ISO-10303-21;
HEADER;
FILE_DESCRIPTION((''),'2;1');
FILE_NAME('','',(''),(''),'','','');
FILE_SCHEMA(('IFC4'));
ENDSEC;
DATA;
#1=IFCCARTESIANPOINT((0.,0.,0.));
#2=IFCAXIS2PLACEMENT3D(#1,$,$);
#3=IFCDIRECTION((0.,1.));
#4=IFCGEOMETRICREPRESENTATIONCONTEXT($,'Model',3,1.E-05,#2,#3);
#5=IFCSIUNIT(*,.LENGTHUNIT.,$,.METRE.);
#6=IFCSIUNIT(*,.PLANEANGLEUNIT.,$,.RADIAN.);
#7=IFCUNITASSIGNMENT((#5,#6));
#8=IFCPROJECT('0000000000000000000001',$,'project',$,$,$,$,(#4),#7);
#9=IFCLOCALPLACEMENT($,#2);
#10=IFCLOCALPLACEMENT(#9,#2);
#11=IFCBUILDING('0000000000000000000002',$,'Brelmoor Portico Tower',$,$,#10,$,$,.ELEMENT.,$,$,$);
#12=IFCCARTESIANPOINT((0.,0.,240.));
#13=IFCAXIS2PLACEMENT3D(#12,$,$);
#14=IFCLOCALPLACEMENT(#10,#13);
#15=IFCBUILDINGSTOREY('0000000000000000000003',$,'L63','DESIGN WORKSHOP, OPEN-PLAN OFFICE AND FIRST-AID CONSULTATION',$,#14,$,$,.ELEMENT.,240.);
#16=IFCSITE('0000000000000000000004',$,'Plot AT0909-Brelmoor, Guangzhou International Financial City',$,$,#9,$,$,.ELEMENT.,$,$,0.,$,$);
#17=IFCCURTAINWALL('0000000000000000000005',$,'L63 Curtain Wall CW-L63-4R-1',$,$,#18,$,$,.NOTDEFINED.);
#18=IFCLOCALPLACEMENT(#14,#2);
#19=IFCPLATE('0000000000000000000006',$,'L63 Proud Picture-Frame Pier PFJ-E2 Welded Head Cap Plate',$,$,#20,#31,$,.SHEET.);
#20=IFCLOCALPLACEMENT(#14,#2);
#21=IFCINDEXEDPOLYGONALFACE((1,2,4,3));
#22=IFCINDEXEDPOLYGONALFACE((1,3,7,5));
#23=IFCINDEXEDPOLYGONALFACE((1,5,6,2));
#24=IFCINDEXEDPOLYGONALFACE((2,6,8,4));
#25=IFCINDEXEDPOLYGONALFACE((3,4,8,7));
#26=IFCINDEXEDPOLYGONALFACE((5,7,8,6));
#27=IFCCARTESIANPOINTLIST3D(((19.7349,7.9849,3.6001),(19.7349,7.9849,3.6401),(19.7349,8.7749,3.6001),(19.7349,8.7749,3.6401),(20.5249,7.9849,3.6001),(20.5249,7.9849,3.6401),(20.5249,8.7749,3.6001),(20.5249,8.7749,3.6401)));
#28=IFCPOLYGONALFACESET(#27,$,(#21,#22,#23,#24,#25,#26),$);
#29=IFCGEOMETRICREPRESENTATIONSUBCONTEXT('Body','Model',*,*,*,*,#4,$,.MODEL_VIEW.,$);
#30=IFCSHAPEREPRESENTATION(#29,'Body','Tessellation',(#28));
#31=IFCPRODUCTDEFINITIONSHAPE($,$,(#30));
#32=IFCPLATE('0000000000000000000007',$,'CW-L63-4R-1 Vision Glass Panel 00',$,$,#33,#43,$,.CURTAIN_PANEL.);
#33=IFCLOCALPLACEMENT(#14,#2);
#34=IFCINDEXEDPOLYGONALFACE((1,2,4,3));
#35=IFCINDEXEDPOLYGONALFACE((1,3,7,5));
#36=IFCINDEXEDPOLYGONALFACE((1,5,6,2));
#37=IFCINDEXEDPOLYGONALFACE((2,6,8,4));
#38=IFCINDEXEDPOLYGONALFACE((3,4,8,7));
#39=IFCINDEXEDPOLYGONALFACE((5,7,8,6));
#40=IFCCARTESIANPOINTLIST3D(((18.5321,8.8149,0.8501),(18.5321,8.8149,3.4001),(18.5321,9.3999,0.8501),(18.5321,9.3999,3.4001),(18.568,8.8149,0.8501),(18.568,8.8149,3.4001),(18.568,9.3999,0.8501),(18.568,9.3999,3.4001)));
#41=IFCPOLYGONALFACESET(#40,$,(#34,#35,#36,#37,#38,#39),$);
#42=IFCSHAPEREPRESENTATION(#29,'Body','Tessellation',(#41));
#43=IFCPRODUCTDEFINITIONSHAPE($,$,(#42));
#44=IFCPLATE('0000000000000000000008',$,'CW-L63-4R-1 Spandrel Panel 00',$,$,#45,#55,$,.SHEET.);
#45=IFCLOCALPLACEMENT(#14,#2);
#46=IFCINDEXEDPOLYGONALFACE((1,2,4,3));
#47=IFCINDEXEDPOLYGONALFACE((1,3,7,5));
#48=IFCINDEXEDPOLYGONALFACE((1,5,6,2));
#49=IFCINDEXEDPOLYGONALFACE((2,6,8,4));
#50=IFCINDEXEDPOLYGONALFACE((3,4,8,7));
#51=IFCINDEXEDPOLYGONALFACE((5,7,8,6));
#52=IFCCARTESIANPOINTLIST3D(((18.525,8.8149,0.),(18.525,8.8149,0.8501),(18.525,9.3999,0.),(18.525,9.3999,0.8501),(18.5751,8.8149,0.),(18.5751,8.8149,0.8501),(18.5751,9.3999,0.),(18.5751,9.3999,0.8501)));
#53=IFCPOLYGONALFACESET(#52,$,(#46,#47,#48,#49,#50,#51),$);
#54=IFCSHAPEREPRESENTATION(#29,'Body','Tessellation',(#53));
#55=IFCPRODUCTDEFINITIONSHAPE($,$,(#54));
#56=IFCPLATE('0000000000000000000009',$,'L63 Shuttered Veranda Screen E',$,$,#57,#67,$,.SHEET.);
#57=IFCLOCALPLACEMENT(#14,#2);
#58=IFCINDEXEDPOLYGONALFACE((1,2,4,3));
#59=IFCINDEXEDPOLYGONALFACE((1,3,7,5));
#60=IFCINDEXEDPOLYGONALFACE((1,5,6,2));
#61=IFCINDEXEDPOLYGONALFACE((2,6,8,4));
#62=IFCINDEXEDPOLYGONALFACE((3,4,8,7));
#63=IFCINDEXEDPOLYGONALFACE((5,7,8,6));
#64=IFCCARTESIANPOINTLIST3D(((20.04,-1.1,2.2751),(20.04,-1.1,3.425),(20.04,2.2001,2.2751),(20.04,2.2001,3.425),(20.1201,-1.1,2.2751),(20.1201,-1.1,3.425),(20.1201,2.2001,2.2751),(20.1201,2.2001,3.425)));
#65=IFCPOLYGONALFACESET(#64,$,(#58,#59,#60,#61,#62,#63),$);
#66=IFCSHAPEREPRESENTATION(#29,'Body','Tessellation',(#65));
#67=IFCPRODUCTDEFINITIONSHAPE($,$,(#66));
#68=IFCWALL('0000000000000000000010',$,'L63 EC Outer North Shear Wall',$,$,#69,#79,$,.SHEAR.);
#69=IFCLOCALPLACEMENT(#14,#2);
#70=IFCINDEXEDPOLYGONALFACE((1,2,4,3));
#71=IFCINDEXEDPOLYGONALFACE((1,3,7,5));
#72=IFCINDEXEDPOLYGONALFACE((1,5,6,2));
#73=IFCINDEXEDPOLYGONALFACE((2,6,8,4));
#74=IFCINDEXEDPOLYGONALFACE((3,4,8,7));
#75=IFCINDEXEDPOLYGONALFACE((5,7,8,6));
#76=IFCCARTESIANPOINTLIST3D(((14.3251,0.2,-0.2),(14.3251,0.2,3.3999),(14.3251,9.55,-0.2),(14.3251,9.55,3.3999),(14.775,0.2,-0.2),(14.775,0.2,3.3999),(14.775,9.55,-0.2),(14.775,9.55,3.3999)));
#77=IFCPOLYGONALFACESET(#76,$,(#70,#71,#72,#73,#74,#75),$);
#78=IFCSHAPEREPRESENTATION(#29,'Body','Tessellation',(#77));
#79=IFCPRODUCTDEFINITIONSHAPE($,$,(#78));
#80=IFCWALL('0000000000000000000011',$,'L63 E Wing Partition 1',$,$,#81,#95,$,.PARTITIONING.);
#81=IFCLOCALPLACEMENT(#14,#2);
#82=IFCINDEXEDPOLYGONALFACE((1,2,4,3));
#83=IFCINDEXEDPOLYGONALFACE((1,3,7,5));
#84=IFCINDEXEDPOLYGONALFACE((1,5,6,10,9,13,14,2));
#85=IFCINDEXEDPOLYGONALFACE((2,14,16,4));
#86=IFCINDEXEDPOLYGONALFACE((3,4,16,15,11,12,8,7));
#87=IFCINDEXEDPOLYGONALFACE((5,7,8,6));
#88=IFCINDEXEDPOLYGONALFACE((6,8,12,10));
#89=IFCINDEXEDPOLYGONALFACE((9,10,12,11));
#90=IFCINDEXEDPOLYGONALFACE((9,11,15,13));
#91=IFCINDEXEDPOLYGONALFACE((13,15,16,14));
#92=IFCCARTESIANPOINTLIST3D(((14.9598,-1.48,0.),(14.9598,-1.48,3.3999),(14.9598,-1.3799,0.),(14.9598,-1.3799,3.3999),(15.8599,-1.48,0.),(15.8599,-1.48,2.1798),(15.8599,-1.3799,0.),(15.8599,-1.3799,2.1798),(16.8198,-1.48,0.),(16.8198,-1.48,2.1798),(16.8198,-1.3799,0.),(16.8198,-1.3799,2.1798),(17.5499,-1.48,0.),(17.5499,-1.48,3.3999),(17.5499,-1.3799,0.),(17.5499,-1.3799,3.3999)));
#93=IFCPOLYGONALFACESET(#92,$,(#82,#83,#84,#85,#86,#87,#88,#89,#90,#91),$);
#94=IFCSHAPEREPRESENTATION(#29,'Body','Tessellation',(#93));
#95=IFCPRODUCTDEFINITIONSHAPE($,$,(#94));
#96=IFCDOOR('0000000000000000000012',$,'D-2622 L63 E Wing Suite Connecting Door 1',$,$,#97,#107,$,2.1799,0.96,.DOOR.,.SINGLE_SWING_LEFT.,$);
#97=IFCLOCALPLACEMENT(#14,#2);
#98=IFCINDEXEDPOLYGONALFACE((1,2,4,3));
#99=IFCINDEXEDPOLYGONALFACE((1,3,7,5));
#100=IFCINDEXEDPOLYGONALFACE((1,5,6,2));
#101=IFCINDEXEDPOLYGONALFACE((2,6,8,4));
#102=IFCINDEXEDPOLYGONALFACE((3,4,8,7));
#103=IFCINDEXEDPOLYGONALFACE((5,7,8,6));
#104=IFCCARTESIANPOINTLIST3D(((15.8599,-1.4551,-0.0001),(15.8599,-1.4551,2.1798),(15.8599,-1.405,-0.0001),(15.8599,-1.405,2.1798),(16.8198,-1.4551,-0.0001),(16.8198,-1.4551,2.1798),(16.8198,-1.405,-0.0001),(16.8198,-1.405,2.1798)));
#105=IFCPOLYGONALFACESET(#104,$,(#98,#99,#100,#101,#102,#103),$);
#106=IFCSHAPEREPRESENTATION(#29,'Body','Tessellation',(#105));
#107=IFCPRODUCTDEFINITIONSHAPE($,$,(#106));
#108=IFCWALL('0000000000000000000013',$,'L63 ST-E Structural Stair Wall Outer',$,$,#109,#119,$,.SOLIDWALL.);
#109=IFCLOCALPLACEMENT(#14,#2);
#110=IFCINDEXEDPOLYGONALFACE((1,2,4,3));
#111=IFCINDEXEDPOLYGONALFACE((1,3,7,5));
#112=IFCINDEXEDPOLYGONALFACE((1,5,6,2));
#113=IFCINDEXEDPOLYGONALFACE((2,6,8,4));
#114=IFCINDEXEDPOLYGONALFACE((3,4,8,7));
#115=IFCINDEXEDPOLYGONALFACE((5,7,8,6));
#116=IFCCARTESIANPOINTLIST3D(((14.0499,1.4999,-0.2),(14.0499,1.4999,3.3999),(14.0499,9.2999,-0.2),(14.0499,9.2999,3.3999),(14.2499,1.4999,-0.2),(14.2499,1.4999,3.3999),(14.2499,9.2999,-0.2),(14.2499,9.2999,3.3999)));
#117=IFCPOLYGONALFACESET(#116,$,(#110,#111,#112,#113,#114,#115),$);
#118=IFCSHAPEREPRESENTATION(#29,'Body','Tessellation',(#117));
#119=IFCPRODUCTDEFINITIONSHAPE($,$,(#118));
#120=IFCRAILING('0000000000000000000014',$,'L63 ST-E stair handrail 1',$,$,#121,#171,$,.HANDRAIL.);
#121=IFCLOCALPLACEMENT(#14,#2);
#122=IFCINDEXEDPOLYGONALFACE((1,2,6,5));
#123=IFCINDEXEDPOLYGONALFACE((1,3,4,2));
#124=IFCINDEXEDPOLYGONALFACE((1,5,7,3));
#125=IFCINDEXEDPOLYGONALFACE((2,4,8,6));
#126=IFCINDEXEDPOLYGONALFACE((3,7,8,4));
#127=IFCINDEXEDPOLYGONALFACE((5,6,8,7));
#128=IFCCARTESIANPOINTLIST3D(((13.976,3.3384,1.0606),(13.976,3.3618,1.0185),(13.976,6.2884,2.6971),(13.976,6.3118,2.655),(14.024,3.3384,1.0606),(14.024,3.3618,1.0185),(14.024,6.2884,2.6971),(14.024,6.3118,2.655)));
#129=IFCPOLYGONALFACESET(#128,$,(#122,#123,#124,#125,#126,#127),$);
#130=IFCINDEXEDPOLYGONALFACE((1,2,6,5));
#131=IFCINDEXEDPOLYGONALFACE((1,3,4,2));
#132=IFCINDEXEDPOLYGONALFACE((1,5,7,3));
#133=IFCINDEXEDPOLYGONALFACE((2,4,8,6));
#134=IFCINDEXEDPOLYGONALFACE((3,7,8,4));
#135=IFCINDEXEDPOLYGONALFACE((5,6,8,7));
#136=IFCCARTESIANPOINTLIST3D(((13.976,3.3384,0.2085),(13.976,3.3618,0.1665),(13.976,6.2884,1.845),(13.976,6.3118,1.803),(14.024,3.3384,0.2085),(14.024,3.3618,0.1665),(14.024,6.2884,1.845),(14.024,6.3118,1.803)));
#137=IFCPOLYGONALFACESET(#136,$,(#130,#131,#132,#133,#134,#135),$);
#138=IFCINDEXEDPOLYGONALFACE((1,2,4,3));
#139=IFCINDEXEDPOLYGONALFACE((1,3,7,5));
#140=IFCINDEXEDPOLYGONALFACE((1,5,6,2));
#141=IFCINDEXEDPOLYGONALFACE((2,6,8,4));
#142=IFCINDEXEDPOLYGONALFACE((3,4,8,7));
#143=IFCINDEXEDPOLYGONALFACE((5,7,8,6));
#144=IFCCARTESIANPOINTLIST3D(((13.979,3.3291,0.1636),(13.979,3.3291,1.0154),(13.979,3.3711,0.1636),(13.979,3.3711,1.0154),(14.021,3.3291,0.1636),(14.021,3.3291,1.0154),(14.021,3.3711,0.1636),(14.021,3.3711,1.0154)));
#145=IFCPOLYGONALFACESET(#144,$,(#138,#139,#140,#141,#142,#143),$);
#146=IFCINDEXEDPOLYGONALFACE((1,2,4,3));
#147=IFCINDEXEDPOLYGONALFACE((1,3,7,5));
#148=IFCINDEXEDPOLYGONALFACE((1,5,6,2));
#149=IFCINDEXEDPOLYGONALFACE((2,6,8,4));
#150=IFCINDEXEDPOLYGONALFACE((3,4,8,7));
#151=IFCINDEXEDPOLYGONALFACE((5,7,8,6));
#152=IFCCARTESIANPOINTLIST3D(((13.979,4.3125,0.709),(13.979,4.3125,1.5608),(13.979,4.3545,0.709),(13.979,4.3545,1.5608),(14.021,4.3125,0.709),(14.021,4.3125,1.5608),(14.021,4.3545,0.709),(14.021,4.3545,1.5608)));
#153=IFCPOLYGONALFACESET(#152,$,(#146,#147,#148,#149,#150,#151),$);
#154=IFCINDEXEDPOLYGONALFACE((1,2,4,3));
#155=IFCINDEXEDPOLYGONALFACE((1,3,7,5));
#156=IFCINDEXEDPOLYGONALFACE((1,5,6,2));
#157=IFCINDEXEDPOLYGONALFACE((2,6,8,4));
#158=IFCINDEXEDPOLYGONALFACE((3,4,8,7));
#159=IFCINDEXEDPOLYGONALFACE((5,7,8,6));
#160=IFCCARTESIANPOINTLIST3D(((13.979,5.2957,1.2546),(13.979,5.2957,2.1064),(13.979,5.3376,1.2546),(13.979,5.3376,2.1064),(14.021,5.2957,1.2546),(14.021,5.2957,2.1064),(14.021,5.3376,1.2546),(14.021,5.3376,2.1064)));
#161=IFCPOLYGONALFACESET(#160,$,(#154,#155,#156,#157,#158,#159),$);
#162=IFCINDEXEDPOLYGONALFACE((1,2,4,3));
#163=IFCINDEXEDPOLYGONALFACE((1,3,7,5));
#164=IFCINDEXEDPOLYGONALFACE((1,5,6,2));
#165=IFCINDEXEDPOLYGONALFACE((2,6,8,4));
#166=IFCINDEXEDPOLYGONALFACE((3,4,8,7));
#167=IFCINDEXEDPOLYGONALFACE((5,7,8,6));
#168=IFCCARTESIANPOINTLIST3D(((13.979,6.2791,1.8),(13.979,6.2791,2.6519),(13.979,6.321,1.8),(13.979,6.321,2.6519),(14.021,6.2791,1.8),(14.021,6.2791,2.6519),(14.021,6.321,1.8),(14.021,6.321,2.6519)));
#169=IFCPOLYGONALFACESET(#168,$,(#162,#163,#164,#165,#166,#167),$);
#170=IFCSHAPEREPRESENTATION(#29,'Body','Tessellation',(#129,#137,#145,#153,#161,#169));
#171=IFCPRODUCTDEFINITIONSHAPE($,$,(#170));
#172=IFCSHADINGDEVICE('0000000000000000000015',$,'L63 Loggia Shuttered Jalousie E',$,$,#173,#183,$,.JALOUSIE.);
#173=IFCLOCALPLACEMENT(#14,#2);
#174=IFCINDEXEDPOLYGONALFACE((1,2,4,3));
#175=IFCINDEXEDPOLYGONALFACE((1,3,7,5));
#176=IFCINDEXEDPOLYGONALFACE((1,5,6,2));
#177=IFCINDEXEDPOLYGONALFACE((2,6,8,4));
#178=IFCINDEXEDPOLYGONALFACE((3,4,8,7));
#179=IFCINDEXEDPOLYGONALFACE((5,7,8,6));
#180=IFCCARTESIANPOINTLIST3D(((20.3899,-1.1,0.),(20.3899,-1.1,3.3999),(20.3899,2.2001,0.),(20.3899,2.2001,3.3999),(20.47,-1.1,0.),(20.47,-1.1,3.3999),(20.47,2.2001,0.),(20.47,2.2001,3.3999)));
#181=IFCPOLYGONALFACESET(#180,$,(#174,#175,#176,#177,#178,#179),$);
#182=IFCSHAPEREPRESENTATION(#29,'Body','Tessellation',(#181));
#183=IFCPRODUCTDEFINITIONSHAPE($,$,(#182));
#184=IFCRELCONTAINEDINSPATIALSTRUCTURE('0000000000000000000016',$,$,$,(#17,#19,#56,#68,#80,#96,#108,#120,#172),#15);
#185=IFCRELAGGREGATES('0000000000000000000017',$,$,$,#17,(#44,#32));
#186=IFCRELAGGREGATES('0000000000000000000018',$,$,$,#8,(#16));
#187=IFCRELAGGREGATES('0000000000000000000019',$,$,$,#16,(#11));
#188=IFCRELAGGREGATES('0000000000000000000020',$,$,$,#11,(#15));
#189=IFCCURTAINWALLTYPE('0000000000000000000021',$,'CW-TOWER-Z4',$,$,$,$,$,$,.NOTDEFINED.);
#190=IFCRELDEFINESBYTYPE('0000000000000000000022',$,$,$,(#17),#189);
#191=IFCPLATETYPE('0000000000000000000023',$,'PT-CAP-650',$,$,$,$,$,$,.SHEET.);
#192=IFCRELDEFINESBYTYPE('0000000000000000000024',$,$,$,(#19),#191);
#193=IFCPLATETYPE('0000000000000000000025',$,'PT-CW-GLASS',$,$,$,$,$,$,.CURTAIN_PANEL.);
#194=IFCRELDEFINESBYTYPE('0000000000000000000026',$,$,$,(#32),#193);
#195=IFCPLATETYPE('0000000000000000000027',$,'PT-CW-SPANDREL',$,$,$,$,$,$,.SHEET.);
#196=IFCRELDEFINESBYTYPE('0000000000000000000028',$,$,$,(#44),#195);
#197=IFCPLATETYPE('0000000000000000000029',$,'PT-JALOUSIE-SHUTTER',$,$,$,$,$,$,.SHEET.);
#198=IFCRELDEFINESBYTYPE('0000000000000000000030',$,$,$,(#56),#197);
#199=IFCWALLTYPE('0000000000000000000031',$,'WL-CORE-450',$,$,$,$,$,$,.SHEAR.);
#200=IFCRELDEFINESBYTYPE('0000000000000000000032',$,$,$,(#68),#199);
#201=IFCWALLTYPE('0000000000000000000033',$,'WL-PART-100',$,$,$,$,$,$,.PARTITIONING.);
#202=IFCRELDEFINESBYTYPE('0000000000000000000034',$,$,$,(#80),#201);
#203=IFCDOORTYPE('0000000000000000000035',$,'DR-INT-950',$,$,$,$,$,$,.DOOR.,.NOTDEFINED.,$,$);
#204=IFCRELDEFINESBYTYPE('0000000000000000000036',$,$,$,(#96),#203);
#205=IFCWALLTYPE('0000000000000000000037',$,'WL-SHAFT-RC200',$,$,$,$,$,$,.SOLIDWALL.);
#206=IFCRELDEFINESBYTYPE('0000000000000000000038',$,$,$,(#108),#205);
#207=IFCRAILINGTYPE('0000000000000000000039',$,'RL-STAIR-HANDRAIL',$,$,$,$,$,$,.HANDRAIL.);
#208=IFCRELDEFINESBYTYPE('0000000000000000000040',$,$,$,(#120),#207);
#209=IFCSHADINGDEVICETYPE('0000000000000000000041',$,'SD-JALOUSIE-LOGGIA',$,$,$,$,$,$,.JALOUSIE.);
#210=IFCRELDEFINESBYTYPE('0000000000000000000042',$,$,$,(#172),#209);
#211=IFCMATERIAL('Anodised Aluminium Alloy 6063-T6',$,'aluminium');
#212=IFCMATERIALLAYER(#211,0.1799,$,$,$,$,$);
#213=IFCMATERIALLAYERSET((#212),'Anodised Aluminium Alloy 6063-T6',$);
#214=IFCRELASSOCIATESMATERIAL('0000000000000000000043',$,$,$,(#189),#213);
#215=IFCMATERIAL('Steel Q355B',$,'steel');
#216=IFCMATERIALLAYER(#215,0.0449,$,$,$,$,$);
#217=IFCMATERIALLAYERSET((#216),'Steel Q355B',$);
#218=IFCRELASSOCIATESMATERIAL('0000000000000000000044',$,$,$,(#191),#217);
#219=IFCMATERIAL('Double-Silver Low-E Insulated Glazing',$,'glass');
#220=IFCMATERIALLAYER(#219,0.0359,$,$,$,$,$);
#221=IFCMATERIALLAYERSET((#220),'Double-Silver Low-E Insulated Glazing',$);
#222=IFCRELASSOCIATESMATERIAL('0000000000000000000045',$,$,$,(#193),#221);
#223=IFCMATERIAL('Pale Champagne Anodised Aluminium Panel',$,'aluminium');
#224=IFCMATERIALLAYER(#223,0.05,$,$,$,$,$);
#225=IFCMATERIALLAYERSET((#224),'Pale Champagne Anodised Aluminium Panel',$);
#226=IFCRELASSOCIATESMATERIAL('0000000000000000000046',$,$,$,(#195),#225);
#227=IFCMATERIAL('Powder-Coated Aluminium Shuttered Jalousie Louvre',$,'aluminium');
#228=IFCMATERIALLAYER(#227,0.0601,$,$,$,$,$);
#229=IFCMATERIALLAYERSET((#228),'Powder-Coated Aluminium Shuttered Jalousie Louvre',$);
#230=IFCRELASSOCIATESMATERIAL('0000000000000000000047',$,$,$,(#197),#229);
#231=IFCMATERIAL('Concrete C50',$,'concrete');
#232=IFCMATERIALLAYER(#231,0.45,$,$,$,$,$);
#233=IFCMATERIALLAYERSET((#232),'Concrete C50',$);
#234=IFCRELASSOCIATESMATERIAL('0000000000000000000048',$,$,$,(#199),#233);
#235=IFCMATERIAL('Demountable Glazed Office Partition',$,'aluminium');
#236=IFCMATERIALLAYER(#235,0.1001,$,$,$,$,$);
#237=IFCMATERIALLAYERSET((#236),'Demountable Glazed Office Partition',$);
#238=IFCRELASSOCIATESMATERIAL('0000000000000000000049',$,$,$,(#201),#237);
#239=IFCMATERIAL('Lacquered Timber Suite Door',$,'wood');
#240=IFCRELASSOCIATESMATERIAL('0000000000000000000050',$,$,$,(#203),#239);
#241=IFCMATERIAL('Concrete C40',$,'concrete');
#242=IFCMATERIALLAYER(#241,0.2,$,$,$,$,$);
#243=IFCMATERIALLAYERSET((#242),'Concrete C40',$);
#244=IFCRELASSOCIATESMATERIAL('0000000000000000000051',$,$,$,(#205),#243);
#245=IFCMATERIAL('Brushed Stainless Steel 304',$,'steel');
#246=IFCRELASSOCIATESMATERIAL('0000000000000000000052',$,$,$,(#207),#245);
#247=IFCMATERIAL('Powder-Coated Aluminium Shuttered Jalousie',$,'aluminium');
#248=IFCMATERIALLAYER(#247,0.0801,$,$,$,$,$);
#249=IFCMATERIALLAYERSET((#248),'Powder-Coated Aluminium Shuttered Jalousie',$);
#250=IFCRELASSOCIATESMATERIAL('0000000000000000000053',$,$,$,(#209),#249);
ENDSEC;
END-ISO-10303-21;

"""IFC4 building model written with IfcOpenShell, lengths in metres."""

from ifc_helpers import new_model, si_unit, direction, frame, frame_2d, origin, origin_2d, place, context, subcontext, project, spatial, rectangle, extrude, material, layer, layer_set, type_object, element, fill, aggregate, save


model = new_model("IFC4")

# Units and contexts
model_context = context("Model", 3, precision=1e-05, world=origin(), true_north=direction((0.0, 1.0)))
body_context = subcontext(model_context, "Body", "Model", "MODEL_VIEW")
ifc_project = project(units=[si_unit("LENGTHUNIT", "METRE"), si_unit("PLANEANGLEUNIT", "RADIAN")], contexts=[model_context])

# Site, building, storey
site_placement = place(None, origin())
site = spatial("IfcSite", under=ifc_project, at=site_placement, Name="Plot AT0909-Brelmoor, Guangzhou International Financial City", CompositionType="ELEMENT", RefElevation=0.0)
building_placement = place(site_placement, origin())
building = spatial("IfcBuilding", under=site, at=building_placement, Name="Brelmoor Portico Tower", CompositionType="ELEMENT")
storey_placement = place(building_placement, frame((0.0, 0.0, 240.0)))
storey = spatial("IfcBuildingStorey", under=building, at=storey_placement, Name="L63", Description="DESIGN WORKSHOP, OPEN-PLAN OFFICE AND FIRST-AID CONSULTATION", CompositionType="ELEMENT", Elevation=240.0)

# Shared definitions
ifc_material_1 = material(Name="Steel Q355B", Category="steel")

# Curtain wall
ifc_material_2 = material(Name="Anodised Aluminium Alloy 6063-T6", Category="aluminium")
ifc_layer_1 = layer(ifc_material_2, 0.1799)
ifc_layer_set_1 = layer_set([ifc_layer_1], Name="Anodised Aluminium Alloy 6063-T6")
curtain_wall_type = type_object("IfcCurtainWallType", Name="CW-TOWER-Z4", PredefinedType="NOTDEFINED", material=ifc_layer_set_1)
curtain_wall_placement = place(storey_placement, origin())
curtain_wall = element("IfcCurtainWall", 1, at=curtain_wall_placement, inside=storey, type_object=curtain_wall_type, Name="L63 Curtain Wall CW-L63-4R-1", PredefinedType="NOTDEFINED")

# Plates
ifc_layer_2 = layer(ifc_material_1, 0.0449)
ifc_layer_set_2 = layer_set([ifc_layer_2], Name="Steel Q355B")
plate_type_1 = type_object("IfcPlateType", Name="PT-CAP-650", PredefinedType="SHEET", material=ifc_layer_set_2)
plate_1_placement = place(storey_placement, frame((20.1299, 8.3799, 3.6001), z_axis=(0.0, 0.0, 1.0), x_axis=(0.0, 1.0, 0.0)))
element("IfcPlate", 2, at=plate_1_placement, inside=storey, type_object=plate_type_1, Name="L63 Proud Picture-Frame Pier PFJ-E2 Welded Head Cap Plate", PredefinedType="SHEET", context=body_context, shape_type="SweptSolid", body=[
    extrude(rectangle(XDim=0.79, YDim=0.79, at=origin_2d()), origin(), (0.0, 0.0, 1.0), 0.04),
])
ifc_material_3 = material(Name="Double-Silver Low-E Insulated Glazing", Category="glass")
ifc_layer_3 = layer(ifc_material_3, 0.0359)
ifc_layer_set_3 = layer_set([ifc_layer_3], Name="Double-Silver Low-E Insulated Glazing")
plate_type_2 = type_object("IfcPlateType", Name="PT-CW-GLASS", PredefinedType="CURTAIN_PANEL", material=ifc_layer_set_3)
plate_2_placement = place(storey_placement, frame((18.55, 9.1074, 0.8501), z_axis=(0.0, 0.0, 1.0), x_axis=(0.0, 1.0, 0.0)))
plate_2 = element("IfcPlate", 3, at=plate_2_placement, type_object=plate_type_2, Name="CW-L63-4R-1 Vision Glass Panel 00", PredefinedType="CURTAIN_PANEL", context=body_context, shape_type="SweptSolid", body=[
    extrude(rectangle(XDim=0.585, YDim=0.0359, at=origin_2d()), origin(), (0.0, 0.0, 1.0), 2.55),
])
ifc_material_4 = material(Name="Pale Champagne Anodised Aluminium Panel", Category="aluminium")
ifc_layer_4 = layer(ifc_material_4, 0.05)
ifc_layer_set_4 = layer_set([ifc_layer_4], Name="Pale Champagne Anodised Aluminium Panel")
plate_type_3 = type_object("IfcPlateType", Name="PT-CW-SPANDREL", PredefinedType="SHEET", material=ifc_layer_set_4)
plate_3_placement = place(storey_placement, frame((18.55, 9.1074, 0.0), z_axis=(0.0, 0.0, 1.0), x_axis=(0.0, 1.0, 0.0)))
plate_3 = element("IfcPlate", 4, at=plate_3_placement, type_object=plate_type_3, Name="CW-L63-4R-1 Spandrel Panel 00", PredefinedType="SHEET", context=body_context, shape_type="SweptSolid", body=[
    extrude(rectangle(XDim=0.585, YDim=0.05, at=origin_2d()), origin(), (0.0, 0.0, 1.0), 0.8501),
])
aggregate(curtain_wall, [plate_3, plate_2])
ifc_material_5 = material(Name="Powder-Coated Aluminium Shuttered Jalousie Louvre", Category="aluminium")
ifc_layer_5 = layer(ifc_material_5, 0.0601)
ifc_layer_set_5 = layer_set([ifc_layer_5], Name="Powder-Coated Aluminium Shuttered Jalousie Louvre")
plate_type_4 = type_object("IfcPlateType", Name="PT-JALOUSIE-SHUTTER", PredefinedType="SHEET", material=ifc_layer_set_5)
plate_4_placement = place(storey_placement, frame((20.0801, 0.55, 2.2751), z_axis=(0.0, 0.0, 1.0), x_axis=(0.0, 1.0, 0.0)))
element("IfcPlate", 5, at=plate_4_placement, inside=storey, type_object=plate_type_4, Name="L63 Shuttered Veranda Screen E", PredefinedType="SHEET", context=body_context, shape_type="SweptSolid", body=[
    extrude(rectangle(XDim=3.3, YDim=0.0801, at=origin_2d()), origin(), (0.0, 0.0, 1.0), 1.1499),
])

# Wall
ifc_material_6 = material(Name="Concrete C50", Category="concrete")
ifc_layer_6 = layer(ifc_material_6, 0.45)
ifc_layer_set_6 = layer_set([ifc_layer_6], Name="Concrete C50")
wall_type_1 = type_object("IfcWallType", Name="WL-CORE-450", PredefinedType="SHEAR", material=ifc_layer_set_6)
wall_1_placement = place(storey_placement, frame((14.55, 0.2, -0.2), z_axis=(0.0, 0.0, 1.0), x_axis=(0.0, 1.0, 0.0)))
element("IfcWall", 6, at=wall_1_placement, inside=storey, type_object=wall_type_1, Name="L63 EC Outer North Shear Wall", PredefinedType="SHEAR", context=body_context, shape_type="SweptSolid", body=[
    extrude(rectangle(XDim=9.3501, YDim=0.45, at=frame_2d((4.675, 0.0))), origin(), (0.0, 0.0, 1.0), 3.5999),
])

# Wall, opening, door
ifc_material_7 = material(Name="Demountable Glazed Office Partition", Category="aluminium")
ifc_layer_7 = layer(ifc_material_7, 0.1001)
ifc_layer_set_7 = layer_set([ifc_layer_7], Name="Demountable Glazed Office Partition")
wall_type_2 = type_object("IfcWallType", Name="WL-PART-100", PredefinedType="PARTITIONING", material=ifc_layer_set_7)
wall_2_placement = place(storey_placement, frame((14.96, -1.4299, 0.0), z_axis=(0.0, 0.0, 1.0), x_axis=(1.0, 0.0, 0.0)))
wall_2 = element("IfcWall", 7, at=wall_2_placement, inside=storey, type_object=wall_type_2, Name="L63 E Wing Partition 1", PredefinedType="PARTITIONING", context=body_context, shape_type="SweptSolid", body=[
    extrude(rectangle(XDim=2.5901, YDim=0.1001, at=frame_2d((1.2949, 0.0))), origin(), (0.0, 0.0, 1.0), 3.3999),
])
opening_placement = place(wall_2_placement, frame((0.8999, 0.0, 0.0)))
opening = element("IfcOpeningElement", 8, at=opening_placement, cuts=wall_2, PredefinedType="OPENING", context=body_context, shape_type="SweptSolid", body=[
    extrude(rectangle(XDim=0.96, YDim=2.1799, at=frame_2d((0.48, 1.0898))), frame((0.0, 0.0601, 0.0), z_axis=(0.0, -1.0, 0.0), x_axis=(1.0, 0.0, 0.0)), (0.0, 0.0, 1.0), 0.1201),
])
ifc_material_8 = material(Name="Lacquered Timber Suite Door", Category="wood")
door_type = type_object("IfcDoorType", Name="DR-INT-950", OperationType="NOTDEFINED", PredefinedType="DOOR", material=ifc_material_8)
door_placement = place(opening_placement, origin())
door = element("IfcDoor", 9, at=door_placement, inside=storey, type_object=door_type, Name="D-2622 L63 E Wing Suite Connecting Door 1", OperationType="SINGLE_SWING_LEFT", OverallHeight=2.1799, OverallWidth=0.96, PredefinedType="DOOR", context=body_context, shape_type="SweptSolid", body=[
    extrude(rectangle(XDim=0.96, YDim=2.1799, at=frame_2d((0.48, 1.0898))), frame((0.0, 0.0249, 0.0), z_axis=(0.0, -1.0, 0.0), x_axis=(1.0, 0.0, 0.0)), (0.0, 0.0, 1.0), 0.05),
])
fill(opening, door)

# Wall
ifc_material_9 = material(Name="Concrete C40", Category="concrete")
ifc_layer_8 = layer(ifc_material_9, 0.2)
ifc_layer_set_8 = layer_set([ifc_layer_8], Name="Concrete C40")
wall_type_3 = type_object("IfcWallType", Name="WL-SHAFT-RC200", PredefinedType="SOLIDWALL", material=ifc_layer_set_8)
wall_3_placement = place(storey_placement, frame((14.1499, 1.5, -0.2), z_axis=(0.0, 0.0, 1.0), x_axis=(0.0, 1.0, 0.0)))
element("IfcWall", 10, at=wall_3_placement, inside=storey, type_object=wall_type_3, Name="L63 ST-E Structural Stair Wall Outer", PredefinedType="SOLIDWALL", context=body_context, shape_type="SweptSolid", body=[
    extrude(rectangle(XDim=7.8, YDim=0.2, at=frame_2d((3.8999, 0.0))), origin(), (0.0, 0.0, 1.0), 3.5999),
])

# Railing
ifc_material_10 = material(Name="Brushed Stainless Steel 304", Category="steel")
railing_type = type_object("IfcRailingType", Name="RL-STAIR-HANDRAIL", PredefinedType="HANDRAIL", material=ifc_material_10)
railing_placement = place(storey_placement, frame((14.0, 3.3501, 0.1636)))
element("IfcRailing", 11, at=railing_placement, inside=storey, type_object=railing_type, Name="L63 ST-E stair handrail 1", PredefinedType="HANDRAIL", context=body_context, shape_type="SweptSolid", body=[
    extrude(rectangle(XDim=0.0481, YDim=0.0481, at=origin_2d()), frame((0.0, 0.0, 0.876), z_axis=(0.0, 0.874458, 0.485102), x_axis=(-1.0, 0.0, 0.0)), (0.0, 0.0, 1.0), 3.3735),
    extrude(rectangle(XDim=0.0481, YDim=0.0481, at=origin_2d()), frame((0.0, 0.0, 0.0239), z_axis=(0.0, 0.874458, 0.485102), x_axis=(-1.0, 0.0, 0.0)), (0.0, 0.0, 1.0), 3.3735),
    extrude(rectangle(XDim=0.042, YDim=0.042, at=origin_2d()), origin(), (0.0, 0.0, 1.0), 0.8518),
    extrude(rectangle(XDim=0.042, YDim=0.042, at=origin_2d()), frame((0.0, 0.9834, 0.5454)), (0.0, 0.0, 1.0), 0.8518),
    extrude(rectangle(XDim=0.042, YDim=0.042, at=origin_2d()), frame((0.0, 1.9666, 1.0911)), (0.0, 0.0, 1.0), 0.8518),
    extrude(rectangle(XDim=0.042, YDim=0.042, at=origin_2d()), frame((0.0, 2.95, 1.6365)), (0.0, 0.0, 1.0), 0.8518),
])

# Shading device
ifc_material_11 = material(Name="Powder-Coated Aluminium Shuttered Jalousie", Category="aluminium")
ifc_layer_9 = layer(ifc_material_11, 0.0801)
ifc_layer_set_9 = layer_set([ifc_layer_9], Name="Powder-Coated Aluminium Shuttered Jalousie")
shading_device_type = type_object("IfcShadingDeviceType", Name="SD-JALOUSIE-LOGGIA", PredefinedType="JALOUSIE", material=ifc_layer_set_9)
shading_device_placement = place(storey_placement, frame((20.4299, 0.55, 0.0), z_axis=(0.0, 0.0, 1.0), x_axis=(0.0, 1.0, 0.0)))
element("IfcShadingDevice", 12, at=shading_device_placement, inside=storey, type_object=shading_device_type, Name="L63 Loggia Shuttered Jalousie E", PredefinedType="JALOUSIE", context=body_context, shape_type="SweptSolid", body=[
    extrude(rectangle(XDim=3.3, YDim=0.0801, at=origin_2d()), origin(), (0.0, 0.0, 1.0), 3.3999),
])

save(model, "model.ifc")
